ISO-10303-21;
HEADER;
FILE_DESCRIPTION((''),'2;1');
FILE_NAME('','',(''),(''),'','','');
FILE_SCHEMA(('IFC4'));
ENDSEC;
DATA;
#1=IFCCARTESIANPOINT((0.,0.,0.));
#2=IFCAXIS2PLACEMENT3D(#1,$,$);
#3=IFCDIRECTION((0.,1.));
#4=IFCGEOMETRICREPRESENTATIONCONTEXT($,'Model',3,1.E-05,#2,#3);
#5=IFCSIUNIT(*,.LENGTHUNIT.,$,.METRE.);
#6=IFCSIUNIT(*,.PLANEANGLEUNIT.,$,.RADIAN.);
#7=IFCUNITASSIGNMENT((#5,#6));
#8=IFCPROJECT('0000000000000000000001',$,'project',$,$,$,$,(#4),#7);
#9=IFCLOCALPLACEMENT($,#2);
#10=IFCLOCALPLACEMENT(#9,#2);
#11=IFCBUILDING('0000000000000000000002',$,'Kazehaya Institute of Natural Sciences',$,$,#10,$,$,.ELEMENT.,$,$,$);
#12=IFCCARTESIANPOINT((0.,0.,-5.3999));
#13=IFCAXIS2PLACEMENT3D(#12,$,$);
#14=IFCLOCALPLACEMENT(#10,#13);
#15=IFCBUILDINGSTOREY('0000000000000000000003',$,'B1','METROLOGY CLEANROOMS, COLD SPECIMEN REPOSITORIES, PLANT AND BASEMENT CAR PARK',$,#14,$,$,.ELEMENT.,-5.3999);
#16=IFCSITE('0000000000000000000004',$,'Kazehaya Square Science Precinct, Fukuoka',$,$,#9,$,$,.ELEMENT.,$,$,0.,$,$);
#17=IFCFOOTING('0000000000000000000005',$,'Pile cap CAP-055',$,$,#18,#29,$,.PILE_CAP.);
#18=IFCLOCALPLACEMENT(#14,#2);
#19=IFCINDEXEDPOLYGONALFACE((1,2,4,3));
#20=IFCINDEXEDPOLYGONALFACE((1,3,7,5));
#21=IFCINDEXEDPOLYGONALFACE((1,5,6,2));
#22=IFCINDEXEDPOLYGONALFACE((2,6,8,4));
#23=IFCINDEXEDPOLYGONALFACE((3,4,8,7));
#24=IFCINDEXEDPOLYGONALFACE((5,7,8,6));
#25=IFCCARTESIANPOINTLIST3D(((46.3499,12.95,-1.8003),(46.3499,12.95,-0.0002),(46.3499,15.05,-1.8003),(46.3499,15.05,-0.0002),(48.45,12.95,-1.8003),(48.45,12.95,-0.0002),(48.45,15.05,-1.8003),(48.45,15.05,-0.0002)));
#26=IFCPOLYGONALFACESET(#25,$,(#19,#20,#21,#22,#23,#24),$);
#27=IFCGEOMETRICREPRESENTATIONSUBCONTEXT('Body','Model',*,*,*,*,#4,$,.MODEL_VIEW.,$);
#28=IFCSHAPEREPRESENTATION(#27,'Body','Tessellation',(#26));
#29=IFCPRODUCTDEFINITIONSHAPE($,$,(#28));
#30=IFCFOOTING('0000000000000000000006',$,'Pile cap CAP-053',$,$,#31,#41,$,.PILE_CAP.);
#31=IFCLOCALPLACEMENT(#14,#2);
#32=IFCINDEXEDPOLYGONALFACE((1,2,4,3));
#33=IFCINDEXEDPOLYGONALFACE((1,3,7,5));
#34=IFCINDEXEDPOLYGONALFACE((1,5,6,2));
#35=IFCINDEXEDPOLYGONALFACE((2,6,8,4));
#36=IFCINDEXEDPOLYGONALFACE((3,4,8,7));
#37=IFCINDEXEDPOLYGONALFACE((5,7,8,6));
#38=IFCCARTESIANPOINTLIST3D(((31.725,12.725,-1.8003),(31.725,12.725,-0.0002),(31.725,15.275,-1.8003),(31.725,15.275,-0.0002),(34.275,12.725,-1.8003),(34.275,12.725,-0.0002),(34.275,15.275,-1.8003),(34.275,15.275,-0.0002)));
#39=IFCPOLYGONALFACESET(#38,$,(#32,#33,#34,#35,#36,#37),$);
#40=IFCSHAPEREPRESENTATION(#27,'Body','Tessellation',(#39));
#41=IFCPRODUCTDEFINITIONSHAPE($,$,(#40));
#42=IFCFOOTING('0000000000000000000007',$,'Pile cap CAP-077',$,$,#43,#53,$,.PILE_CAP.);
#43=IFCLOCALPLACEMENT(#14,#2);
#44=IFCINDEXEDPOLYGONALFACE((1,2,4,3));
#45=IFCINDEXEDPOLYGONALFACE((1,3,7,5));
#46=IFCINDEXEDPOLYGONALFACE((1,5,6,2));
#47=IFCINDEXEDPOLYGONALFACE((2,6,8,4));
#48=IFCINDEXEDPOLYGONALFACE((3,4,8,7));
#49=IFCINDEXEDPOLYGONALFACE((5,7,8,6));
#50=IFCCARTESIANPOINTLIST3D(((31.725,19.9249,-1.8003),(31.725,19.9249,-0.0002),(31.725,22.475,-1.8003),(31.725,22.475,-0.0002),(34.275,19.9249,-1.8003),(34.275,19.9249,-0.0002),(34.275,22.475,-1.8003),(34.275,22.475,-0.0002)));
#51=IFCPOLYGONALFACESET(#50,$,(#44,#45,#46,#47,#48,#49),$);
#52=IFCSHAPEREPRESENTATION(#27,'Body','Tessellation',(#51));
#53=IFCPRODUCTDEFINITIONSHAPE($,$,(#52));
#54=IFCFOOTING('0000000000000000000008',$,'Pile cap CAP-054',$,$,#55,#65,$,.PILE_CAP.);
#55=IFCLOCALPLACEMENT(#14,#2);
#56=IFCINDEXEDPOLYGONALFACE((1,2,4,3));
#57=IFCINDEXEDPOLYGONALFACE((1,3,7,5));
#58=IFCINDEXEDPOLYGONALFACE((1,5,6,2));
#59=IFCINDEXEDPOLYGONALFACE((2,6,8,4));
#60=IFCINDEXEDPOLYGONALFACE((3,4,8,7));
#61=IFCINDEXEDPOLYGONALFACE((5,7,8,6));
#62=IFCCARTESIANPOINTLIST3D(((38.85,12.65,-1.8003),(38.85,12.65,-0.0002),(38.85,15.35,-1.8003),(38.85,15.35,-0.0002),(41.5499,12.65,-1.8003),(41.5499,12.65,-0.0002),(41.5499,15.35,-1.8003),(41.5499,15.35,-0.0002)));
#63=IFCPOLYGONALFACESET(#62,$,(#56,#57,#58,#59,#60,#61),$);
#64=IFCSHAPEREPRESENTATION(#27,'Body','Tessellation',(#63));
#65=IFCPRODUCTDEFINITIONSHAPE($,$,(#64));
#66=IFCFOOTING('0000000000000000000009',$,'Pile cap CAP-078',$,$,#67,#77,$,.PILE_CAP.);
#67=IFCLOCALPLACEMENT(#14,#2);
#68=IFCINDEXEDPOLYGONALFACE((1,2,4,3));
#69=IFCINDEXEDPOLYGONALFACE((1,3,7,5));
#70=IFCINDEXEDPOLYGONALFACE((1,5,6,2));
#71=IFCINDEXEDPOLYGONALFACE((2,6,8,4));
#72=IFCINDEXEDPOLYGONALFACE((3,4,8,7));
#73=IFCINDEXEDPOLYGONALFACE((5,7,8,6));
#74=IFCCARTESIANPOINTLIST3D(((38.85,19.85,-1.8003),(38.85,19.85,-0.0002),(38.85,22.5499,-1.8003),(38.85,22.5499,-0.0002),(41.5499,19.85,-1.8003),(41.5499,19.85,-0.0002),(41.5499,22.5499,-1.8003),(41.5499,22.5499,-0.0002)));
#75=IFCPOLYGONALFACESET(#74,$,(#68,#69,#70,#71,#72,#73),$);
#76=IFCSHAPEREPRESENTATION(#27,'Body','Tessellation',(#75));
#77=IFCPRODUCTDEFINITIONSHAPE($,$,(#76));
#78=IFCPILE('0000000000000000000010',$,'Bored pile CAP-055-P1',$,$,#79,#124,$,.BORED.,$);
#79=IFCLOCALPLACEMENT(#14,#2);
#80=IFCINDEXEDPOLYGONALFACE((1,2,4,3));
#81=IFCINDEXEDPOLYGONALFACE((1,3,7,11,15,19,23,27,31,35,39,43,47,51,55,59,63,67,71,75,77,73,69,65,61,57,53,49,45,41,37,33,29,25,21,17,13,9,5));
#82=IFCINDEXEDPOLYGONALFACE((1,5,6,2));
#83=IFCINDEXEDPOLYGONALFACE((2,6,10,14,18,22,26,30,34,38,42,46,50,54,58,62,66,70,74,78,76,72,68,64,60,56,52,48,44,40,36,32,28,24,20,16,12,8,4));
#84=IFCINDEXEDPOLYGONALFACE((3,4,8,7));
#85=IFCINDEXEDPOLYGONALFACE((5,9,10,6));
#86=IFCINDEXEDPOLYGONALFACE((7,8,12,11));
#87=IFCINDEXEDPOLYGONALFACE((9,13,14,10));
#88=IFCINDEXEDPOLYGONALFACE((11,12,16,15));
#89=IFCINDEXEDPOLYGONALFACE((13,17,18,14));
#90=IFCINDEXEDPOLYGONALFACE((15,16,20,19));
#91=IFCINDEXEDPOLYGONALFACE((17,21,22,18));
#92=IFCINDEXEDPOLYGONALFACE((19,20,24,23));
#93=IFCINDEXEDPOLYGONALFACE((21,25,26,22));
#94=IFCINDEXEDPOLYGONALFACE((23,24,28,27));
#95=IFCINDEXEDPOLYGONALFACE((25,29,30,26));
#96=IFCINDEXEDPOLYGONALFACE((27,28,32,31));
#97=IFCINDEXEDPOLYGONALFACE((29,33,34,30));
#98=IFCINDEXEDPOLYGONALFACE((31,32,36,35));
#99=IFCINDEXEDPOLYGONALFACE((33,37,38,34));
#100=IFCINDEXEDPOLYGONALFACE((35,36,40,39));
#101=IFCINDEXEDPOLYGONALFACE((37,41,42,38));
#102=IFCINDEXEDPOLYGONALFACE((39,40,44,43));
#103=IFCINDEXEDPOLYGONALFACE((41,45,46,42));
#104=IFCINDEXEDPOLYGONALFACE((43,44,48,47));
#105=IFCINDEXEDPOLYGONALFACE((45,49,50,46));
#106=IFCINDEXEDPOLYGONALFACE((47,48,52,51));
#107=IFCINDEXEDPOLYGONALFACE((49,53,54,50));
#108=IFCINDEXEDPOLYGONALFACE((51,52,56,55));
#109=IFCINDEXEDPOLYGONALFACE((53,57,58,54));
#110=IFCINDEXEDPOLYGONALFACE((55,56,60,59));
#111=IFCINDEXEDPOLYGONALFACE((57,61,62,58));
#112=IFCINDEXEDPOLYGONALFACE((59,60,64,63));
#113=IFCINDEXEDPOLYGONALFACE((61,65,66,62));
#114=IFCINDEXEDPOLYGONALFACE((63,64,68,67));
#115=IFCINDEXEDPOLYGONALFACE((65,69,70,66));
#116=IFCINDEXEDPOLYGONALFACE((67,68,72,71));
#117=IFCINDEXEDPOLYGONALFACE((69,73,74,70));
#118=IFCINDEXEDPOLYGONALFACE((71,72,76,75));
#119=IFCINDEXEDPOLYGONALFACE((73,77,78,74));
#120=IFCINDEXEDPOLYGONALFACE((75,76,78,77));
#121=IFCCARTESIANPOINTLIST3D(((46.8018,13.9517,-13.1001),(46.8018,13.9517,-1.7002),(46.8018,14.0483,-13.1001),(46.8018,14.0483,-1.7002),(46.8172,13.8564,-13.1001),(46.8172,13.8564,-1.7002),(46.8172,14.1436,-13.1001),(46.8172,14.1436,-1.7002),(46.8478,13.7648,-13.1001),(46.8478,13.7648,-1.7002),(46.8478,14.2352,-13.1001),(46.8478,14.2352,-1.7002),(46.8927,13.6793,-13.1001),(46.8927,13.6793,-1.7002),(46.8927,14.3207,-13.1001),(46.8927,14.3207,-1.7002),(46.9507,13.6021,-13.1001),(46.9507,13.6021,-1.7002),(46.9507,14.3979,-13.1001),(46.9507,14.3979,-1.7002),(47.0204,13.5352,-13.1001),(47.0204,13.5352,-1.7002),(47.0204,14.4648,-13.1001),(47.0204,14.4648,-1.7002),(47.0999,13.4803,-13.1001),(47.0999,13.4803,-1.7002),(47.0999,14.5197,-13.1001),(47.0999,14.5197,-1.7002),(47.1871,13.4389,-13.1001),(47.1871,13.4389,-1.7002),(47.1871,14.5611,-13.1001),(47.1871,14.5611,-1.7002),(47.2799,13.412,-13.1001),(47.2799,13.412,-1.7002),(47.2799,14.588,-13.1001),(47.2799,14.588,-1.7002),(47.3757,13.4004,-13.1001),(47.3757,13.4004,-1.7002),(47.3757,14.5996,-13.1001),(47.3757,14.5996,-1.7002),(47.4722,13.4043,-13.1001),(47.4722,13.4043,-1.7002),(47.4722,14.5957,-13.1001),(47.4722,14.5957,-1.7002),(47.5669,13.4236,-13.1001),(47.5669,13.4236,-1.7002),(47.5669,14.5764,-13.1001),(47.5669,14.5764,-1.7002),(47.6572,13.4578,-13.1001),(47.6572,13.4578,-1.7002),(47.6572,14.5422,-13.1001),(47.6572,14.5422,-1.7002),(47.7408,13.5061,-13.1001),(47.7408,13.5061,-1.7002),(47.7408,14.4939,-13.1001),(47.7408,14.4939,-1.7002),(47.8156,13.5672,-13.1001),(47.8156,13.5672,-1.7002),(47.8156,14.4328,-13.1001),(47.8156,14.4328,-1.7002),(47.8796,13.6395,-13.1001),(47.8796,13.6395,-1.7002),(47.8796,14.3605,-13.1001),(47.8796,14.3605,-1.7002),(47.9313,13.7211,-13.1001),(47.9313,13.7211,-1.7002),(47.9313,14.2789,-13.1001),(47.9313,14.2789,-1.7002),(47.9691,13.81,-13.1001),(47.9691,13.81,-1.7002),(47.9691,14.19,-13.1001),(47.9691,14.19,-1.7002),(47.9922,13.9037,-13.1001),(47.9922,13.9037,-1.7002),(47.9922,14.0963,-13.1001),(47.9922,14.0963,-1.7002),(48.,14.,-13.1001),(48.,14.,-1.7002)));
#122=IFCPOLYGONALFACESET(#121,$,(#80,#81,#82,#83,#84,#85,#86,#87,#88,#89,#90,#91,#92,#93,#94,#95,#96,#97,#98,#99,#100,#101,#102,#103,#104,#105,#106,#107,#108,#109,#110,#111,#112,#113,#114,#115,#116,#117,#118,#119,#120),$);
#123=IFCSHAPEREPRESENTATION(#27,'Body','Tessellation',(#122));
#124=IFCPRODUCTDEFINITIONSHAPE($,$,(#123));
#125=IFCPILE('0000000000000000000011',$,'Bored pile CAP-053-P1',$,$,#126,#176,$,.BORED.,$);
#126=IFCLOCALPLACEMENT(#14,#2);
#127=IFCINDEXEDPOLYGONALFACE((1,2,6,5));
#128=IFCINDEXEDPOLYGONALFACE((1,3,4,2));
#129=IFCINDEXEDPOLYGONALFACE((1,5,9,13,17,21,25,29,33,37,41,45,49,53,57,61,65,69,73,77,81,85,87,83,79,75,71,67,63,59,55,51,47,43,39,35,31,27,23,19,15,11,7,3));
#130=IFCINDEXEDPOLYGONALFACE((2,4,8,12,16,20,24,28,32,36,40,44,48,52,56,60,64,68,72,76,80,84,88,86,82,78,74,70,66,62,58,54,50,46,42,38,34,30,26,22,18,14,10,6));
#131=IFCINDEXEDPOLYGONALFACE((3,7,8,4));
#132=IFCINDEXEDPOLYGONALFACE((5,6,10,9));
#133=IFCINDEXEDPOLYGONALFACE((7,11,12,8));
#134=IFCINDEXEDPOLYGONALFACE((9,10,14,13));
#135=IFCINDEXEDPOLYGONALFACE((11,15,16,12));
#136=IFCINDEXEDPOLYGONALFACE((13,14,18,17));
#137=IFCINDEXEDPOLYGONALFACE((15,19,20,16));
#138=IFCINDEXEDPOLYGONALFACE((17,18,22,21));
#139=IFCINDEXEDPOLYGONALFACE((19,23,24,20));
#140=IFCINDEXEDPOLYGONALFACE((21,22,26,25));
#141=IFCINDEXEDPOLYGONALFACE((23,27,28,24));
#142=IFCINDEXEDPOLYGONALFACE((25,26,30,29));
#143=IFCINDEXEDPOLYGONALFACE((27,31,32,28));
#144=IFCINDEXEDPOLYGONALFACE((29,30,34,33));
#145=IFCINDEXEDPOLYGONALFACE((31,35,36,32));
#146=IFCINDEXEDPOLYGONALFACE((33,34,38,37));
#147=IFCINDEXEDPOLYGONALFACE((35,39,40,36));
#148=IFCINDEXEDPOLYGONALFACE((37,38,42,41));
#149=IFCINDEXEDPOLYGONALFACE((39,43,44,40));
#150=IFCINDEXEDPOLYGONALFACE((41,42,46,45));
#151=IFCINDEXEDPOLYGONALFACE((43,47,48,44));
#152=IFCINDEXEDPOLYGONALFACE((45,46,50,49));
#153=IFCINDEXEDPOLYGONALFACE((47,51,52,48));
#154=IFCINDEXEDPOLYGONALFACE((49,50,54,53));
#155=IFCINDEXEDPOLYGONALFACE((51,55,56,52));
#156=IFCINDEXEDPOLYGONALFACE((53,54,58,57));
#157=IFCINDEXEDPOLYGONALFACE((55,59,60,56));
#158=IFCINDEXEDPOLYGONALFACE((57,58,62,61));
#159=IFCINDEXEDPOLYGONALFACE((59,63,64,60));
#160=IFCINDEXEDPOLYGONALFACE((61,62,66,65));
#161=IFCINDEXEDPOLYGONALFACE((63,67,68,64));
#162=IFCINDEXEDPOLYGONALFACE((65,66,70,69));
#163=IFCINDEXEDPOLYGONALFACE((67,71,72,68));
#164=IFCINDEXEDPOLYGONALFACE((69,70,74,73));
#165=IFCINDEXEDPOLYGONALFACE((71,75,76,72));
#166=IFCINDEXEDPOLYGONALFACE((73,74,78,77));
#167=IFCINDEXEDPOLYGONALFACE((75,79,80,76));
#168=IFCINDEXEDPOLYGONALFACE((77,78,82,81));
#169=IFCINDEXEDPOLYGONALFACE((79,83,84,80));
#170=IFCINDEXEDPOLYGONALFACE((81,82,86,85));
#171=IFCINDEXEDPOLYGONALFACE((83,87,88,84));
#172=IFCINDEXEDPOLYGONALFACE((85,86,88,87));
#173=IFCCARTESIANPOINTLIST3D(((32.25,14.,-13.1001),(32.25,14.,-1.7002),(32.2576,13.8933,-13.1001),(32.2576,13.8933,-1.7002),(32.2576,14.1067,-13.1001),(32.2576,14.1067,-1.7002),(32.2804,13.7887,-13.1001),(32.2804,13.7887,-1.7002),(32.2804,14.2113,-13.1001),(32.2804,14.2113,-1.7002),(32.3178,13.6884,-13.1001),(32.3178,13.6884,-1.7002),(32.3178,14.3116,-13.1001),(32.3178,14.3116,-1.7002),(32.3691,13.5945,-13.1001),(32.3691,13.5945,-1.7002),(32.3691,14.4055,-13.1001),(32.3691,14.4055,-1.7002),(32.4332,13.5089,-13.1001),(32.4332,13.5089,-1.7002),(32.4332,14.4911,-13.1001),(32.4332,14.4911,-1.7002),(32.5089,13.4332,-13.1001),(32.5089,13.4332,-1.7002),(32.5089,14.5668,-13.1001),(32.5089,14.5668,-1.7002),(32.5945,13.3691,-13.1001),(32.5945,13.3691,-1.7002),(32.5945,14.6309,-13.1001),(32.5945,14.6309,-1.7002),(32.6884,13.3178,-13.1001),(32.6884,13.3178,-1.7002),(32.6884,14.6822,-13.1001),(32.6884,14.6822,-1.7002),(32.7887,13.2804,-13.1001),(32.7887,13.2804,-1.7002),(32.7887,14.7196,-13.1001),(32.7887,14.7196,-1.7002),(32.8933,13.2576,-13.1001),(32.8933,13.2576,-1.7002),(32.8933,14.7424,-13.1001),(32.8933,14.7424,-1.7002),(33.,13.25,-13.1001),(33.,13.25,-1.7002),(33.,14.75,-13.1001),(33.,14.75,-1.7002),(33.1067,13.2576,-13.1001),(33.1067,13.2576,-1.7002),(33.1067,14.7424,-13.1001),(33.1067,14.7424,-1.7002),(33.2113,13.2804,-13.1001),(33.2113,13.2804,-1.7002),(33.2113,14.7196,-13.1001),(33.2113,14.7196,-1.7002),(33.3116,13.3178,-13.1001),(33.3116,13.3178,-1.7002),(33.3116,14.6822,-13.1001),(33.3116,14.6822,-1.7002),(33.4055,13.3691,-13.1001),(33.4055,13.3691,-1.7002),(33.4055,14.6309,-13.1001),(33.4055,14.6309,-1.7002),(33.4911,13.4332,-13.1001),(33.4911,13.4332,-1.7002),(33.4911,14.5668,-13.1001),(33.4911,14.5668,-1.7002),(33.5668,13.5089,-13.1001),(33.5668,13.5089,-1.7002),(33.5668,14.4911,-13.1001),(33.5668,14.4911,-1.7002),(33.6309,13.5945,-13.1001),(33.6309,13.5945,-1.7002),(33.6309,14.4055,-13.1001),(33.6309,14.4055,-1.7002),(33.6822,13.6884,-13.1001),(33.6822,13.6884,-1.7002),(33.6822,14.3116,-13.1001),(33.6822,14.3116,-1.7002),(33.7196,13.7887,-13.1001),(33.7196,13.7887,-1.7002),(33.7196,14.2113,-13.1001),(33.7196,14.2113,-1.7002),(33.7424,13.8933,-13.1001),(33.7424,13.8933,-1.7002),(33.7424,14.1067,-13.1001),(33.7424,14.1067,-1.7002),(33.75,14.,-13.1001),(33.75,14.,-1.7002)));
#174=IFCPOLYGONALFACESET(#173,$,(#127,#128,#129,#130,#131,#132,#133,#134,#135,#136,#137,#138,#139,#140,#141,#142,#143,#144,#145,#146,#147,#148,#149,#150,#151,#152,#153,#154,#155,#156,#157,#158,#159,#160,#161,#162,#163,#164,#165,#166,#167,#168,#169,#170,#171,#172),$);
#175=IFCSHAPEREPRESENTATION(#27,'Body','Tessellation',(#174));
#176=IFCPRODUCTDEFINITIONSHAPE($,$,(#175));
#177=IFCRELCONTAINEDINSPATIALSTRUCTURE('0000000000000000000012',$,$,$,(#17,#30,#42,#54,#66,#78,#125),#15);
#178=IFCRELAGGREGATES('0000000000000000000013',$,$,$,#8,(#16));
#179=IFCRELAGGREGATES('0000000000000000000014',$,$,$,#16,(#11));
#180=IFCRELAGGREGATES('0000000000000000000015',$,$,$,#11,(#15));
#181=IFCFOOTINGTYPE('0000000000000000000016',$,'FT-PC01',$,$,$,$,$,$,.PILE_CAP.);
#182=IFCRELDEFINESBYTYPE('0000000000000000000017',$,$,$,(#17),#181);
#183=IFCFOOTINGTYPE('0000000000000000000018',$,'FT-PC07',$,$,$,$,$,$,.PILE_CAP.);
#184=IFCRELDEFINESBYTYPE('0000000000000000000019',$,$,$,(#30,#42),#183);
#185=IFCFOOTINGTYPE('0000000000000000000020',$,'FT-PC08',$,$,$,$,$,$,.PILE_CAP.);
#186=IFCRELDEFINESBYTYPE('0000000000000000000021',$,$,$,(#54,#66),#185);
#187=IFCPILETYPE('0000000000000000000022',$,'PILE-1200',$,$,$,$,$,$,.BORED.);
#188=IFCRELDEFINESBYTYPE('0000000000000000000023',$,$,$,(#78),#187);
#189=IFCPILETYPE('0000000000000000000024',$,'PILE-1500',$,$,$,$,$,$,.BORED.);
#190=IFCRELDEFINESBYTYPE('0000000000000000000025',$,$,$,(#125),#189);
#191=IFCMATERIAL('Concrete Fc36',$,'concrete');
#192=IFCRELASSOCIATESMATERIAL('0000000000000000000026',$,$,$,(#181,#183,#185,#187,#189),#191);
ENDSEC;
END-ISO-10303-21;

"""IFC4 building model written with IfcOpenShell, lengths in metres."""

from ifc_helpers import new_model, si_unit, direction, frame, origin, origin_2d, place, context, subcontext, project, spatial, rectangle, circle, extrude, material, material_profile, profile_set, type_object, element, save


model = new_model("IFC4")

# Units and contexts
model_context = context("Model", 3, precision=1e-05, world=origin(), true_north=direction((0.0, 1.0)))
body_context = subcontext(model_context, "Body", "Model", "MODEL_VIEW")
ifc_project = project(units=[si_unit("LENGTHUNIT", "METRE"), si_unit("PLANEANGLEUNIT", "RADIAN")], contexts=[model_context])

# Site, building, storey
site_placement = place(None, origin())
site = spatial("IfcSite", under=ifc_project, at=site_placement, Name="Kazehaya Square Science Precinct, Fukuoka", CompositionType="ELEMENT", RefElevation=0.0)
building_placement = place(site_placement, origin())
building = spatial("IfcBuilding", under=site, at=building_placement, Name="Kazehaya Institute of Natural Sciences", CompositionType="ELEMENT")
storey_placement = place(building_placement, frame((0.0, 0.0, -5.3999)))
storey = spatial("IfcBuildingStorey", under=building, at=storey_placement, Name="B1", Description="METROLOGY CLEANROOMS, COLD SPECIMEN REPOSITORIES, PLANT AND BASEMENT CAR PARK", CompositionType="ELEMENT", Elevation=-5.3999)

# Footings
ifc_material_1 = material(Name="Concrete Fc36", Category="concrete")
footing_type_1 = type_object("IfcFootingType", Name="FT-PC01", PredefinedType="PILE_CAP", material=ifc_material_1)
footing_placement = place(storey_placement, frame((47.3999, 14.0, -1.8003), z_axis=(0.0, 0.0, 1.0), x_axis=(1.0, 0.0, 0.0)))
element("IfcFooting", 1, at=footing_placement, inside=storey, type_object=footing_type_1, Name="Pile cap CAP-055", PredefinedType="PILE_CAP", context=body_context, shape_type="SweptSolid", body=[
    extrude(rectangle(XDim=2.1001, YDim=2.1001, at=origin_2d()), origin(), (0.0, 0.0, 1.0), 1.8),
])
footing_type_2 = type_object("IfcFootingType", Name="FT-PC07", PredefinedType="PILE_CAP", material=ifc_material_1)
for number, where, z_axis, x_axis, name in (
    (2, (33.0, 14.0, -1.8003), (0.0, 0.0, 1.0), (1.0, 0.0, 0.0), "Pile cap CAP-053"),
    (3, (33.0, 21.2, -1.8003), (0.0, 0.0, 1.0), (1.0, 0.0, 0.0), "Pile cap CAP-077"),
):
    element("IfcFooting", number, at=place(storey_placement, frame(where, z_axis=z_axis, x_axis=x_axis)), inside=storey, type_object=footing_type_2, Name=name, PredefinedType="PILE_CAP", context=body_context, shape_type="SweptSolid", body=[
        extrude(rectangle(XDim=2.55, YDim=2.55, at=origin_2d()), origin(), (0.0, 0.0, 1.0), 1.8),
    ])
footing_type_3 = type_object("IfcFootingType", Name="FT-PC08", PredefinedType="PILE_CAP", material=ifc_material_1)
for number, where, z_axis, x_axis, name in (
    (4, (40.2, 14.0, -1.8003), (0.0, 0.0, 1.0), (1.0, 0.0, 0.0), "Pile cap CAP-054"),
    (5, (40.2, 21.2, -1.8003), (0.0, 0.0, 1.0), (1.0, 0.0, 0.0), "Pile cap CAP-078"),
):
    element("IfcFooting", number, at=place(storey_placement, frame(where, z_axis=z_axis, x_axis=x_axis)), inside=storey, type_object=footing_type_3, Name=name, PredefinedType="PILE_CAP", context=body_context, shape_type="SweptSolid", body=[
        extrude(rectangle(XDim=2.7, YDim=2.7, at=origin_2d()), origin(), (0.0, 0.0, 1.0), 1.8),
    ])

# Piles
ifc_material_profile_1 = material_profile(ifc_material_1, circle(Radius=0.6001, at=origin_2d()), Name="PILE-1200")
ifc_profile_set_1 = profile_set([ifc_material_profile_1], Name="Concrete Fc36")
pile_type_1 = type_object("IfcPileType", Name="PILE-1200", PredefinedType="BORED", material=ifc_profile_set_1)
pile_placement = place(storey_placement, frame((47.3999, 14.0, -1.7002), z_axis=(0.0, 0.0, -1.0), x_axis=(1.0, 0.0, 0.0)))
element("IfcPile", 6, at=pile_placement, inside=storey, type_object=pile_type_1, Name="Bored pile CAP-055-P1", PredefinedType="BORED", context=body_context, shape_type="SweptSolid", body=[
    extrude(circle(Radius=0.6001, at=origin_2d()), origin(), (0.0, 0.0, 1.0), 11.3999),
])
ifc_material_profile_2 = material_profile(ifc_material_1, circle(Radius=0.75, at=origin_2d()), Name="PILE-1500")
ifc_profile_set_2 = profile_set([ifc_material_profile_2], Name="Concrete Fc36")
pile_type_2 = type_object("IfcPileType", Name="PILE-1500", PredefinedType="BORED", material=ifc_profile_set_2)
for number, where, z_axis, x_axis, name in (
    (7, (33.0, 14.0, -1.7002), (0.0, 0.0, -1.0), (1.0, 0.0, 0.0), "Bored pile CAP-053-P1"),
):
    element("IfcPile", number, at=place(storey_placement, frame(where, z_axis=z_axis, x_axis=x_axis)), inside=storey, type_object=pile_type_2, Name=name, PredefinedType="BORED", context=body_context, shape_type="SweptSolid", body=[
        extrude(circle(Radius=0.75, at=origin_2d()), origin(), (0.0, 0.0, 1.0), 11.3999),
    ])

save(model, "model.ifc")
